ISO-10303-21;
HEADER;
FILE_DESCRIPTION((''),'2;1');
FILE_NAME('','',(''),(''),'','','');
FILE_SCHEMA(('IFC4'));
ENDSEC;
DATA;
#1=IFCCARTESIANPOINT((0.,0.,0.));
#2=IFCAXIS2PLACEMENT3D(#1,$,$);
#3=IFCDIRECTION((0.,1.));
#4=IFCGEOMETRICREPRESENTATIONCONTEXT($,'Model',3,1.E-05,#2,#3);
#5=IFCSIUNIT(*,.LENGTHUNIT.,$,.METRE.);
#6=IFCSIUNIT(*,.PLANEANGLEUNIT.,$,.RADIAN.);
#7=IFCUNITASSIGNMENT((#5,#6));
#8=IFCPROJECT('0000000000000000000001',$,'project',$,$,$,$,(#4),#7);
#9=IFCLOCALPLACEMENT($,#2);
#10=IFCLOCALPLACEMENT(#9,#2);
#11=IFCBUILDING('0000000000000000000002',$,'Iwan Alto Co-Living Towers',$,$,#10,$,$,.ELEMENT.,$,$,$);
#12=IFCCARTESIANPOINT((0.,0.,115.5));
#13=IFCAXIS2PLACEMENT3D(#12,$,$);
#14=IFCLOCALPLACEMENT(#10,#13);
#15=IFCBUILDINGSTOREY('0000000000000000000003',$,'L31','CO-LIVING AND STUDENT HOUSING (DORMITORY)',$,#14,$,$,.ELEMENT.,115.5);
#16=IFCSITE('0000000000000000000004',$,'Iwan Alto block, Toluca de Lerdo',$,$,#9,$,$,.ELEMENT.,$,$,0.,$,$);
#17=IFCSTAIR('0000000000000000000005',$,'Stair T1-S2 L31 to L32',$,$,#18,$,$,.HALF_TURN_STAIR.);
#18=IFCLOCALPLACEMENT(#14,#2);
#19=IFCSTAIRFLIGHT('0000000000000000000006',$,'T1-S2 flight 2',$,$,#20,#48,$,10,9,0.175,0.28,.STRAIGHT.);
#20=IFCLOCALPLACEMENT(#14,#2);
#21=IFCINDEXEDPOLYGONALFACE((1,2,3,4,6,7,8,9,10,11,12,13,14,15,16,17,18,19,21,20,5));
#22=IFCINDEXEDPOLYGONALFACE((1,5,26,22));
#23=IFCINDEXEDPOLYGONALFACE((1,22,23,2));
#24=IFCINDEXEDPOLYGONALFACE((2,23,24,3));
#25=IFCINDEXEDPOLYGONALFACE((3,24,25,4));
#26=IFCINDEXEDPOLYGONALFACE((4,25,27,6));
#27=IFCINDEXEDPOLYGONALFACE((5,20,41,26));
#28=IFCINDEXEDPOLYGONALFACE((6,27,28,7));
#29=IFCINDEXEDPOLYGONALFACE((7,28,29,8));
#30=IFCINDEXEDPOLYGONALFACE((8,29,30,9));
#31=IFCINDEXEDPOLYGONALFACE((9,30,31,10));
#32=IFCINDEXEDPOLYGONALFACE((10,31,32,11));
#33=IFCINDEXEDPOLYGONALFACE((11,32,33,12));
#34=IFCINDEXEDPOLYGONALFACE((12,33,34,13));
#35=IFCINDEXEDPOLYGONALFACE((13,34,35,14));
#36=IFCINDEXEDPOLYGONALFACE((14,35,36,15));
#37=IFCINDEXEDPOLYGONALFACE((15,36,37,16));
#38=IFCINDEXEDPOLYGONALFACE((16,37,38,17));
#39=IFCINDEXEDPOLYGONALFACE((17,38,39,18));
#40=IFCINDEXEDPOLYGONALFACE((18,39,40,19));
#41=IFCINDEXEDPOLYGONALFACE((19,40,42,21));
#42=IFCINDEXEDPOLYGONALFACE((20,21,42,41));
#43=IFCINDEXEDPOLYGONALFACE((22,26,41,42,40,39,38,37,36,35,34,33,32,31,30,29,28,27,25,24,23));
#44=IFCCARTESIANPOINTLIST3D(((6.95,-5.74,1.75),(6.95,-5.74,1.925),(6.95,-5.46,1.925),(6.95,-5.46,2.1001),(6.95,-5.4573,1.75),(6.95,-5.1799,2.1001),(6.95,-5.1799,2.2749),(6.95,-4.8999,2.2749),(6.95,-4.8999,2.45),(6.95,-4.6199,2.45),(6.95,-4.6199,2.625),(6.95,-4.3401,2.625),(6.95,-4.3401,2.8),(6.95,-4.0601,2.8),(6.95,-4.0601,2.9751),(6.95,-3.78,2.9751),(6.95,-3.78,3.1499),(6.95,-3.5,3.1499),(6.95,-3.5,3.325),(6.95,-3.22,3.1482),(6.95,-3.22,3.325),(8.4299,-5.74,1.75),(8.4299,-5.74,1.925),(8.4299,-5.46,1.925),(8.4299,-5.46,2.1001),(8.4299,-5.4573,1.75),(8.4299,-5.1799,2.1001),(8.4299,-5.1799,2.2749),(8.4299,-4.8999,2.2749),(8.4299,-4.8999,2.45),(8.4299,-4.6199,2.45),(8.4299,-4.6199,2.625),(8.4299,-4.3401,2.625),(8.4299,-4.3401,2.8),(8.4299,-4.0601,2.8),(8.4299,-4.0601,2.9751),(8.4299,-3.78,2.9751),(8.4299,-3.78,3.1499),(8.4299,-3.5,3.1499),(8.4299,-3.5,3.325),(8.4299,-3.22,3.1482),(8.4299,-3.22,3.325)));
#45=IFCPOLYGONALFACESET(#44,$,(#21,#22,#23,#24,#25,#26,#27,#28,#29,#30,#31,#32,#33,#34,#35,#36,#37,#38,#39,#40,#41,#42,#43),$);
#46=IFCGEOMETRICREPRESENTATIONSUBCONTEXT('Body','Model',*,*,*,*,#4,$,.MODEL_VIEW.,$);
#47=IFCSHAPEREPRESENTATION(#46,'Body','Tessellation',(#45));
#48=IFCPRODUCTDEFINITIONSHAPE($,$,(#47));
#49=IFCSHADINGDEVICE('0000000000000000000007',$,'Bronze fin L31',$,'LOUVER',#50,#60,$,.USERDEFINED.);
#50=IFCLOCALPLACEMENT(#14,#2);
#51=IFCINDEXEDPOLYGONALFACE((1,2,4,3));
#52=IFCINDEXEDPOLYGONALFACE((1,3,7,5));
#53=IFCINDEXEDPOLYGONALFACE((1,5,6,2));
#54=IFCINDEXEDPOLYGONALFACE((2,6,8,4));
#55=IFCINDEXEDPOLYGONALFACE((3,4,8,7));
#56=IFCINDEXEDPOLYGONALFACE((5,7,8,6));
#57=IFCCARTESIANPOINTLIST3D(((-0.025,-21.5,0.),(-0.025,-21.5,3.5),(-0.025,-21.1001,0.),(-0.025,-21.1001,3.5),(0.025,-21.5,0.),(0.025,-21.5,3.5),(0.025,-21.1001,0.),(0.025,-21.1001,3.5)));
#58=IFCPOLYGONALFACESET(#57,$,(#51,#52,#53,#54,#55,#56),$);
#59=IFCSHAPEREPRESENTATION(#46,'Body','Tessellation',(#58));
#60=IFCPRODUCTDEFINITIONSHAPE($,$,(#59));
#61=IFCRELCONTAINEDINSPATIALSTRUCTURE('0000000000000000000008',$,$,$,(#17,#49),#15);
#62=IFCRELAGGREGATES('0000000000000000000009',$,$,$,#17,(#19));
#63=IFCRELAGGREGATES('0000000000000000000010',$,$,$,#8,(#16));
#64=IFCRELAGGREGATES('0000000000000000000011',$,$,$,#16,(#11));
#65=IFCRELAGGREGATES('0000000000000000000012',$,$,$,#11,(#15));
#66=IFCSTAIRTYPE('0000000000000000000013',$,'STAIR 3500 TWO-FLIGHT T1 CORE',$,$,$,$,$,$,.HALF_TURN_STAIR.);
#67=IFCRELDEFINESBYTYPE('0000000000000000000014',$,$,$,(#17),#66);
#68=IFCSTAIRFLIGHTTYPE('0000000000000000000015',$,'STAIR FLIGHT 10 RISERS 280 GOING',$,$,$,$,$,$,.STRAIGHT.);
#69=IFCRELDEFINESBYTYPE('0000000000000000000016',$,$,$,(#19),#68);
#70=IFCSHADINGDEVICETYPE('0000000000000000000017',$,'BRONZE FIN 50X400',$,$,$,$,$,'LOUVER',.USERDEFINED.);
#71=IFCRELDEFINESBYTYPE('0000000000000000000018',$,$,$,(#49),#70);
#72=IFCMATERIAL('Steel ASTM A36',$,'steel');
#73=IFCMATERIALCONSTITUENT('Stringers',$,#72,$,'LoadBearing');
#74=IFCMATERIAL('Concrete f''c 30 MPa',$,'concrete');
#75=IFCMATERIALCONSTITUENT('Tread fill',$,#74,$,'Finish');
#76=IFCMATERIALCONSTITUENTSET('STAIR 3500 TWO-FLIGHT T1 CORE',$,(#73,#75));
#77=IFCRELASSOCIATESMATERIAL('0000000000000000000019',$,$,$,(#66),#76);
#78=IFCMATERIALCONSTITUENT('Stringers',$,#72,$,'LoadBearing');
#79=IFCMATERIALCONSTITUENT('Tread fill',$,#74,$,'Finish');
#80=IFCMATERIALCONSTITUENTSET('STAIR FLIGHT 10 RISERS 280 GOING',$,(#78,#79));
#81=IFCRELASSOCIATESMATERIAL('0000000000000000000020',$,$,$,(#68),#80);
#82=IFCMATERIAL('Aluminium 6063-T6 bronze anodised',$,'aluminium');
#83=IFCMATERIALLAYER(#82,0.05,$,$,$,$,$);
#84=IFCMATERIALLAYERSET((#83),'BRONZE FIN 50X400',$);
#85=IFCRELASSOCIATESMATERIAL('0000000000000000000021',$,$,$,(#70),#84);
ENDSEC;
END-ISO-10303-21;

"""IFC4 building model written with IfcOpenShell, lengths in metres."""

from ifc_helpers import new_model, si_unit, direction, frame, origin, origin_2d, place, context, subcontext, project, spatial, polyline, rectangle, outline, extrude, material, layer, layer_set, constituent, constituent_set, type_object, element, aggregate, save


model = new_model("IFC4")

# Units and contexts
model_context = context("Model", 3, precision=1e-05, world=origin(), true_north=direction((0.0, 1.0)))
body_context = subcontext(model_context, "Body", "Model", "MODEL_VIEW")
ifc_project = project(units=[si_unit("LENGTHUNIT", "METRE"), si_unit("PLANEANGLEUNIT", "RADIAN")], contexts=[model_context])

# Site, building, storey
site_placement = place(None, origin())
site = spatial("IfcSite", under=ifc_project, at=site_placement, Name="Iwan Alto block, Toluca de Lerdo", CompositionType="ELEMENT", RefElevation=0.0)
building_placement = place(site_placement, origin())
building = spatial("IfcBuilding", under=site, at=building_placement, Name="Iwan Alto Co-Living Towers", CompositionType="ELEMENT")
storey_placement = place(building_placement, frame((0.0, 0.0, 115.5)))
storey = spatial("IfcBuildingStorey", under=building, at=storey_placement, Name="L31", Description="CO-LIVING AND STUDENT HOUSING (DORMITORY)", CompositionType="ELEMENT", Elevation=115.5)

# Stair, stair flight
ifc_material_1 = material(Name="Steel ASTM A36", Category="steel")
ifc_constituent_1 = constituent(ifc_material_1, Name="Stringers", Category="LoadBearing")
ifc_material_2 = material(Name="Concrete f'c 30 MPa", Category="concrete")
ifc_constituent_2 = constituent(ifc_material_2, Name="Tread fill", Category="Finish")
ifc_constituent_set_1 = constituent_set(constituents=[ifc_constituent_1, ifc_constituent_2], Name="STAIR 3500 TWO-FLIGHT T1 CORE")
stair_type = type_object("IfcStairType", Name="STAIR 3500 TWO-FLIGHT T1 CORE", PredefinedType="HALF_TURN_STAIR", material=ifc_constituent_set_1)
stair_placement = place(storey_placement, origin())
stair = element("IfcStair", 1, at=stair_placement, inside=storey, type_object=stair_type, Name="Stair T1-S2 L31 to L32", PredefinedType="HALF_TURN_STAIR")
ifc_constituent_3 = constituent(ifc_material_1, Name="Stringers", Category="LoadBearing")
ifc_constituent_4 = constituent(ifc_material_2, Name="Tread fill", Category="Finish")
ifc_constituent_set_2 = constituent_set(constituents=[ifc_constituent_3, ifc_constituent_4], Name="STAIR FLIGHT 10 RISERS 280 GOING")
stair_flight_type = type_object("IfcStairFlightType", Name="STAIR FLIGHT 10 RISERS 280 GOING", PredefinedType="STRAIGHT", material=ifc_constituent_set_2)
stair_flight_placement = place(storey_placement, frame((7.6899, -5.74, 1.75), z_axis=(0.0, 0.0, 1.0), x_axis=(0.0, 1.0, 0.0)))
stair_flight = element("IfcStairFlight", 2, at=stair_flight_placement, type_object=stair_flight_type, Name="T1-S2 flight 2", NumberOfRisers=10, NumberOfTreads=9, PredefinedType="STRAIGHT", RiserHeight=0.175, TreadLength=0.28, context=body_context, shape_type="SweptSolid", body=[
    extrude(outline(polyline([(0.0, 0.0), (0.0, 0.175), (0.28, 0.175), (0.28, 0.3501), (0.5601, 0.3501), (0.5601, 0.5249), (0.8401, 0.5249), (0.8401, 0.7), (1.1201, 0.7), (1.1201, 0.875), (1.3999, 0.875), (1.3999, 1.05), (1.6799, 1.05), (1.6799, 1.2251), (1.96, 1.2251), (1.96, 1.3999), (2.24, 1.3999), (2.24, 1.575), (2.52, 1.575), (2.52, 1.75), (2.52, 1.3982), (0.2827, 0.0), (0.0, 0.0)])), frame((0.0, 0.74, 0.0), z_axis=(0.0, -1.0, 0.0), x_axis=(1.0, 0.0, 0.0)), (0.0, 0.0, 1.0), 1.48),
])
aggregate(stair, [stair_flight])

# Shading device
ifc_material_3 = material(Name="Aluminium 6063-T6 bronze anodised", Category="aluminium")
ifc_layer_1 = layer(ifc_material_3, 0.05)
ifc_layer_set_1 = layer_set([ifc_layer_1], Name="BRONZE FIN 50X400")
shading_device_type = type_object("IfcShadingDeviceType", Name="BRONZE FIN 50X400", ElementType="LOUVER", PredefinedType="USERDEFINED", material=ifc_layer_set_1)
shading_device_placement = place(storey_placement, frame((0.0, -21.3, 0.0), z_axis=(0.0, 0.0, 1.0), x_axis=(1.0, 0.0, 0.0)))
element("IfcShadingDevice", 3, at=shading_device_placement, inside=storey, type_object=shading_device_type, Name="Bronze fin L31", ObjectType="LOUVER", PredefinedType="USERDEFINED", context=body_context, shape_type="SweptSolid", body=[
    extrude(rectangle(XDim=0.05, YDim=0.3999, at=origin_2d()), origin(), (0.0, 0.0, 1.0), 3.5),
])

save(model, "model.ifc")
